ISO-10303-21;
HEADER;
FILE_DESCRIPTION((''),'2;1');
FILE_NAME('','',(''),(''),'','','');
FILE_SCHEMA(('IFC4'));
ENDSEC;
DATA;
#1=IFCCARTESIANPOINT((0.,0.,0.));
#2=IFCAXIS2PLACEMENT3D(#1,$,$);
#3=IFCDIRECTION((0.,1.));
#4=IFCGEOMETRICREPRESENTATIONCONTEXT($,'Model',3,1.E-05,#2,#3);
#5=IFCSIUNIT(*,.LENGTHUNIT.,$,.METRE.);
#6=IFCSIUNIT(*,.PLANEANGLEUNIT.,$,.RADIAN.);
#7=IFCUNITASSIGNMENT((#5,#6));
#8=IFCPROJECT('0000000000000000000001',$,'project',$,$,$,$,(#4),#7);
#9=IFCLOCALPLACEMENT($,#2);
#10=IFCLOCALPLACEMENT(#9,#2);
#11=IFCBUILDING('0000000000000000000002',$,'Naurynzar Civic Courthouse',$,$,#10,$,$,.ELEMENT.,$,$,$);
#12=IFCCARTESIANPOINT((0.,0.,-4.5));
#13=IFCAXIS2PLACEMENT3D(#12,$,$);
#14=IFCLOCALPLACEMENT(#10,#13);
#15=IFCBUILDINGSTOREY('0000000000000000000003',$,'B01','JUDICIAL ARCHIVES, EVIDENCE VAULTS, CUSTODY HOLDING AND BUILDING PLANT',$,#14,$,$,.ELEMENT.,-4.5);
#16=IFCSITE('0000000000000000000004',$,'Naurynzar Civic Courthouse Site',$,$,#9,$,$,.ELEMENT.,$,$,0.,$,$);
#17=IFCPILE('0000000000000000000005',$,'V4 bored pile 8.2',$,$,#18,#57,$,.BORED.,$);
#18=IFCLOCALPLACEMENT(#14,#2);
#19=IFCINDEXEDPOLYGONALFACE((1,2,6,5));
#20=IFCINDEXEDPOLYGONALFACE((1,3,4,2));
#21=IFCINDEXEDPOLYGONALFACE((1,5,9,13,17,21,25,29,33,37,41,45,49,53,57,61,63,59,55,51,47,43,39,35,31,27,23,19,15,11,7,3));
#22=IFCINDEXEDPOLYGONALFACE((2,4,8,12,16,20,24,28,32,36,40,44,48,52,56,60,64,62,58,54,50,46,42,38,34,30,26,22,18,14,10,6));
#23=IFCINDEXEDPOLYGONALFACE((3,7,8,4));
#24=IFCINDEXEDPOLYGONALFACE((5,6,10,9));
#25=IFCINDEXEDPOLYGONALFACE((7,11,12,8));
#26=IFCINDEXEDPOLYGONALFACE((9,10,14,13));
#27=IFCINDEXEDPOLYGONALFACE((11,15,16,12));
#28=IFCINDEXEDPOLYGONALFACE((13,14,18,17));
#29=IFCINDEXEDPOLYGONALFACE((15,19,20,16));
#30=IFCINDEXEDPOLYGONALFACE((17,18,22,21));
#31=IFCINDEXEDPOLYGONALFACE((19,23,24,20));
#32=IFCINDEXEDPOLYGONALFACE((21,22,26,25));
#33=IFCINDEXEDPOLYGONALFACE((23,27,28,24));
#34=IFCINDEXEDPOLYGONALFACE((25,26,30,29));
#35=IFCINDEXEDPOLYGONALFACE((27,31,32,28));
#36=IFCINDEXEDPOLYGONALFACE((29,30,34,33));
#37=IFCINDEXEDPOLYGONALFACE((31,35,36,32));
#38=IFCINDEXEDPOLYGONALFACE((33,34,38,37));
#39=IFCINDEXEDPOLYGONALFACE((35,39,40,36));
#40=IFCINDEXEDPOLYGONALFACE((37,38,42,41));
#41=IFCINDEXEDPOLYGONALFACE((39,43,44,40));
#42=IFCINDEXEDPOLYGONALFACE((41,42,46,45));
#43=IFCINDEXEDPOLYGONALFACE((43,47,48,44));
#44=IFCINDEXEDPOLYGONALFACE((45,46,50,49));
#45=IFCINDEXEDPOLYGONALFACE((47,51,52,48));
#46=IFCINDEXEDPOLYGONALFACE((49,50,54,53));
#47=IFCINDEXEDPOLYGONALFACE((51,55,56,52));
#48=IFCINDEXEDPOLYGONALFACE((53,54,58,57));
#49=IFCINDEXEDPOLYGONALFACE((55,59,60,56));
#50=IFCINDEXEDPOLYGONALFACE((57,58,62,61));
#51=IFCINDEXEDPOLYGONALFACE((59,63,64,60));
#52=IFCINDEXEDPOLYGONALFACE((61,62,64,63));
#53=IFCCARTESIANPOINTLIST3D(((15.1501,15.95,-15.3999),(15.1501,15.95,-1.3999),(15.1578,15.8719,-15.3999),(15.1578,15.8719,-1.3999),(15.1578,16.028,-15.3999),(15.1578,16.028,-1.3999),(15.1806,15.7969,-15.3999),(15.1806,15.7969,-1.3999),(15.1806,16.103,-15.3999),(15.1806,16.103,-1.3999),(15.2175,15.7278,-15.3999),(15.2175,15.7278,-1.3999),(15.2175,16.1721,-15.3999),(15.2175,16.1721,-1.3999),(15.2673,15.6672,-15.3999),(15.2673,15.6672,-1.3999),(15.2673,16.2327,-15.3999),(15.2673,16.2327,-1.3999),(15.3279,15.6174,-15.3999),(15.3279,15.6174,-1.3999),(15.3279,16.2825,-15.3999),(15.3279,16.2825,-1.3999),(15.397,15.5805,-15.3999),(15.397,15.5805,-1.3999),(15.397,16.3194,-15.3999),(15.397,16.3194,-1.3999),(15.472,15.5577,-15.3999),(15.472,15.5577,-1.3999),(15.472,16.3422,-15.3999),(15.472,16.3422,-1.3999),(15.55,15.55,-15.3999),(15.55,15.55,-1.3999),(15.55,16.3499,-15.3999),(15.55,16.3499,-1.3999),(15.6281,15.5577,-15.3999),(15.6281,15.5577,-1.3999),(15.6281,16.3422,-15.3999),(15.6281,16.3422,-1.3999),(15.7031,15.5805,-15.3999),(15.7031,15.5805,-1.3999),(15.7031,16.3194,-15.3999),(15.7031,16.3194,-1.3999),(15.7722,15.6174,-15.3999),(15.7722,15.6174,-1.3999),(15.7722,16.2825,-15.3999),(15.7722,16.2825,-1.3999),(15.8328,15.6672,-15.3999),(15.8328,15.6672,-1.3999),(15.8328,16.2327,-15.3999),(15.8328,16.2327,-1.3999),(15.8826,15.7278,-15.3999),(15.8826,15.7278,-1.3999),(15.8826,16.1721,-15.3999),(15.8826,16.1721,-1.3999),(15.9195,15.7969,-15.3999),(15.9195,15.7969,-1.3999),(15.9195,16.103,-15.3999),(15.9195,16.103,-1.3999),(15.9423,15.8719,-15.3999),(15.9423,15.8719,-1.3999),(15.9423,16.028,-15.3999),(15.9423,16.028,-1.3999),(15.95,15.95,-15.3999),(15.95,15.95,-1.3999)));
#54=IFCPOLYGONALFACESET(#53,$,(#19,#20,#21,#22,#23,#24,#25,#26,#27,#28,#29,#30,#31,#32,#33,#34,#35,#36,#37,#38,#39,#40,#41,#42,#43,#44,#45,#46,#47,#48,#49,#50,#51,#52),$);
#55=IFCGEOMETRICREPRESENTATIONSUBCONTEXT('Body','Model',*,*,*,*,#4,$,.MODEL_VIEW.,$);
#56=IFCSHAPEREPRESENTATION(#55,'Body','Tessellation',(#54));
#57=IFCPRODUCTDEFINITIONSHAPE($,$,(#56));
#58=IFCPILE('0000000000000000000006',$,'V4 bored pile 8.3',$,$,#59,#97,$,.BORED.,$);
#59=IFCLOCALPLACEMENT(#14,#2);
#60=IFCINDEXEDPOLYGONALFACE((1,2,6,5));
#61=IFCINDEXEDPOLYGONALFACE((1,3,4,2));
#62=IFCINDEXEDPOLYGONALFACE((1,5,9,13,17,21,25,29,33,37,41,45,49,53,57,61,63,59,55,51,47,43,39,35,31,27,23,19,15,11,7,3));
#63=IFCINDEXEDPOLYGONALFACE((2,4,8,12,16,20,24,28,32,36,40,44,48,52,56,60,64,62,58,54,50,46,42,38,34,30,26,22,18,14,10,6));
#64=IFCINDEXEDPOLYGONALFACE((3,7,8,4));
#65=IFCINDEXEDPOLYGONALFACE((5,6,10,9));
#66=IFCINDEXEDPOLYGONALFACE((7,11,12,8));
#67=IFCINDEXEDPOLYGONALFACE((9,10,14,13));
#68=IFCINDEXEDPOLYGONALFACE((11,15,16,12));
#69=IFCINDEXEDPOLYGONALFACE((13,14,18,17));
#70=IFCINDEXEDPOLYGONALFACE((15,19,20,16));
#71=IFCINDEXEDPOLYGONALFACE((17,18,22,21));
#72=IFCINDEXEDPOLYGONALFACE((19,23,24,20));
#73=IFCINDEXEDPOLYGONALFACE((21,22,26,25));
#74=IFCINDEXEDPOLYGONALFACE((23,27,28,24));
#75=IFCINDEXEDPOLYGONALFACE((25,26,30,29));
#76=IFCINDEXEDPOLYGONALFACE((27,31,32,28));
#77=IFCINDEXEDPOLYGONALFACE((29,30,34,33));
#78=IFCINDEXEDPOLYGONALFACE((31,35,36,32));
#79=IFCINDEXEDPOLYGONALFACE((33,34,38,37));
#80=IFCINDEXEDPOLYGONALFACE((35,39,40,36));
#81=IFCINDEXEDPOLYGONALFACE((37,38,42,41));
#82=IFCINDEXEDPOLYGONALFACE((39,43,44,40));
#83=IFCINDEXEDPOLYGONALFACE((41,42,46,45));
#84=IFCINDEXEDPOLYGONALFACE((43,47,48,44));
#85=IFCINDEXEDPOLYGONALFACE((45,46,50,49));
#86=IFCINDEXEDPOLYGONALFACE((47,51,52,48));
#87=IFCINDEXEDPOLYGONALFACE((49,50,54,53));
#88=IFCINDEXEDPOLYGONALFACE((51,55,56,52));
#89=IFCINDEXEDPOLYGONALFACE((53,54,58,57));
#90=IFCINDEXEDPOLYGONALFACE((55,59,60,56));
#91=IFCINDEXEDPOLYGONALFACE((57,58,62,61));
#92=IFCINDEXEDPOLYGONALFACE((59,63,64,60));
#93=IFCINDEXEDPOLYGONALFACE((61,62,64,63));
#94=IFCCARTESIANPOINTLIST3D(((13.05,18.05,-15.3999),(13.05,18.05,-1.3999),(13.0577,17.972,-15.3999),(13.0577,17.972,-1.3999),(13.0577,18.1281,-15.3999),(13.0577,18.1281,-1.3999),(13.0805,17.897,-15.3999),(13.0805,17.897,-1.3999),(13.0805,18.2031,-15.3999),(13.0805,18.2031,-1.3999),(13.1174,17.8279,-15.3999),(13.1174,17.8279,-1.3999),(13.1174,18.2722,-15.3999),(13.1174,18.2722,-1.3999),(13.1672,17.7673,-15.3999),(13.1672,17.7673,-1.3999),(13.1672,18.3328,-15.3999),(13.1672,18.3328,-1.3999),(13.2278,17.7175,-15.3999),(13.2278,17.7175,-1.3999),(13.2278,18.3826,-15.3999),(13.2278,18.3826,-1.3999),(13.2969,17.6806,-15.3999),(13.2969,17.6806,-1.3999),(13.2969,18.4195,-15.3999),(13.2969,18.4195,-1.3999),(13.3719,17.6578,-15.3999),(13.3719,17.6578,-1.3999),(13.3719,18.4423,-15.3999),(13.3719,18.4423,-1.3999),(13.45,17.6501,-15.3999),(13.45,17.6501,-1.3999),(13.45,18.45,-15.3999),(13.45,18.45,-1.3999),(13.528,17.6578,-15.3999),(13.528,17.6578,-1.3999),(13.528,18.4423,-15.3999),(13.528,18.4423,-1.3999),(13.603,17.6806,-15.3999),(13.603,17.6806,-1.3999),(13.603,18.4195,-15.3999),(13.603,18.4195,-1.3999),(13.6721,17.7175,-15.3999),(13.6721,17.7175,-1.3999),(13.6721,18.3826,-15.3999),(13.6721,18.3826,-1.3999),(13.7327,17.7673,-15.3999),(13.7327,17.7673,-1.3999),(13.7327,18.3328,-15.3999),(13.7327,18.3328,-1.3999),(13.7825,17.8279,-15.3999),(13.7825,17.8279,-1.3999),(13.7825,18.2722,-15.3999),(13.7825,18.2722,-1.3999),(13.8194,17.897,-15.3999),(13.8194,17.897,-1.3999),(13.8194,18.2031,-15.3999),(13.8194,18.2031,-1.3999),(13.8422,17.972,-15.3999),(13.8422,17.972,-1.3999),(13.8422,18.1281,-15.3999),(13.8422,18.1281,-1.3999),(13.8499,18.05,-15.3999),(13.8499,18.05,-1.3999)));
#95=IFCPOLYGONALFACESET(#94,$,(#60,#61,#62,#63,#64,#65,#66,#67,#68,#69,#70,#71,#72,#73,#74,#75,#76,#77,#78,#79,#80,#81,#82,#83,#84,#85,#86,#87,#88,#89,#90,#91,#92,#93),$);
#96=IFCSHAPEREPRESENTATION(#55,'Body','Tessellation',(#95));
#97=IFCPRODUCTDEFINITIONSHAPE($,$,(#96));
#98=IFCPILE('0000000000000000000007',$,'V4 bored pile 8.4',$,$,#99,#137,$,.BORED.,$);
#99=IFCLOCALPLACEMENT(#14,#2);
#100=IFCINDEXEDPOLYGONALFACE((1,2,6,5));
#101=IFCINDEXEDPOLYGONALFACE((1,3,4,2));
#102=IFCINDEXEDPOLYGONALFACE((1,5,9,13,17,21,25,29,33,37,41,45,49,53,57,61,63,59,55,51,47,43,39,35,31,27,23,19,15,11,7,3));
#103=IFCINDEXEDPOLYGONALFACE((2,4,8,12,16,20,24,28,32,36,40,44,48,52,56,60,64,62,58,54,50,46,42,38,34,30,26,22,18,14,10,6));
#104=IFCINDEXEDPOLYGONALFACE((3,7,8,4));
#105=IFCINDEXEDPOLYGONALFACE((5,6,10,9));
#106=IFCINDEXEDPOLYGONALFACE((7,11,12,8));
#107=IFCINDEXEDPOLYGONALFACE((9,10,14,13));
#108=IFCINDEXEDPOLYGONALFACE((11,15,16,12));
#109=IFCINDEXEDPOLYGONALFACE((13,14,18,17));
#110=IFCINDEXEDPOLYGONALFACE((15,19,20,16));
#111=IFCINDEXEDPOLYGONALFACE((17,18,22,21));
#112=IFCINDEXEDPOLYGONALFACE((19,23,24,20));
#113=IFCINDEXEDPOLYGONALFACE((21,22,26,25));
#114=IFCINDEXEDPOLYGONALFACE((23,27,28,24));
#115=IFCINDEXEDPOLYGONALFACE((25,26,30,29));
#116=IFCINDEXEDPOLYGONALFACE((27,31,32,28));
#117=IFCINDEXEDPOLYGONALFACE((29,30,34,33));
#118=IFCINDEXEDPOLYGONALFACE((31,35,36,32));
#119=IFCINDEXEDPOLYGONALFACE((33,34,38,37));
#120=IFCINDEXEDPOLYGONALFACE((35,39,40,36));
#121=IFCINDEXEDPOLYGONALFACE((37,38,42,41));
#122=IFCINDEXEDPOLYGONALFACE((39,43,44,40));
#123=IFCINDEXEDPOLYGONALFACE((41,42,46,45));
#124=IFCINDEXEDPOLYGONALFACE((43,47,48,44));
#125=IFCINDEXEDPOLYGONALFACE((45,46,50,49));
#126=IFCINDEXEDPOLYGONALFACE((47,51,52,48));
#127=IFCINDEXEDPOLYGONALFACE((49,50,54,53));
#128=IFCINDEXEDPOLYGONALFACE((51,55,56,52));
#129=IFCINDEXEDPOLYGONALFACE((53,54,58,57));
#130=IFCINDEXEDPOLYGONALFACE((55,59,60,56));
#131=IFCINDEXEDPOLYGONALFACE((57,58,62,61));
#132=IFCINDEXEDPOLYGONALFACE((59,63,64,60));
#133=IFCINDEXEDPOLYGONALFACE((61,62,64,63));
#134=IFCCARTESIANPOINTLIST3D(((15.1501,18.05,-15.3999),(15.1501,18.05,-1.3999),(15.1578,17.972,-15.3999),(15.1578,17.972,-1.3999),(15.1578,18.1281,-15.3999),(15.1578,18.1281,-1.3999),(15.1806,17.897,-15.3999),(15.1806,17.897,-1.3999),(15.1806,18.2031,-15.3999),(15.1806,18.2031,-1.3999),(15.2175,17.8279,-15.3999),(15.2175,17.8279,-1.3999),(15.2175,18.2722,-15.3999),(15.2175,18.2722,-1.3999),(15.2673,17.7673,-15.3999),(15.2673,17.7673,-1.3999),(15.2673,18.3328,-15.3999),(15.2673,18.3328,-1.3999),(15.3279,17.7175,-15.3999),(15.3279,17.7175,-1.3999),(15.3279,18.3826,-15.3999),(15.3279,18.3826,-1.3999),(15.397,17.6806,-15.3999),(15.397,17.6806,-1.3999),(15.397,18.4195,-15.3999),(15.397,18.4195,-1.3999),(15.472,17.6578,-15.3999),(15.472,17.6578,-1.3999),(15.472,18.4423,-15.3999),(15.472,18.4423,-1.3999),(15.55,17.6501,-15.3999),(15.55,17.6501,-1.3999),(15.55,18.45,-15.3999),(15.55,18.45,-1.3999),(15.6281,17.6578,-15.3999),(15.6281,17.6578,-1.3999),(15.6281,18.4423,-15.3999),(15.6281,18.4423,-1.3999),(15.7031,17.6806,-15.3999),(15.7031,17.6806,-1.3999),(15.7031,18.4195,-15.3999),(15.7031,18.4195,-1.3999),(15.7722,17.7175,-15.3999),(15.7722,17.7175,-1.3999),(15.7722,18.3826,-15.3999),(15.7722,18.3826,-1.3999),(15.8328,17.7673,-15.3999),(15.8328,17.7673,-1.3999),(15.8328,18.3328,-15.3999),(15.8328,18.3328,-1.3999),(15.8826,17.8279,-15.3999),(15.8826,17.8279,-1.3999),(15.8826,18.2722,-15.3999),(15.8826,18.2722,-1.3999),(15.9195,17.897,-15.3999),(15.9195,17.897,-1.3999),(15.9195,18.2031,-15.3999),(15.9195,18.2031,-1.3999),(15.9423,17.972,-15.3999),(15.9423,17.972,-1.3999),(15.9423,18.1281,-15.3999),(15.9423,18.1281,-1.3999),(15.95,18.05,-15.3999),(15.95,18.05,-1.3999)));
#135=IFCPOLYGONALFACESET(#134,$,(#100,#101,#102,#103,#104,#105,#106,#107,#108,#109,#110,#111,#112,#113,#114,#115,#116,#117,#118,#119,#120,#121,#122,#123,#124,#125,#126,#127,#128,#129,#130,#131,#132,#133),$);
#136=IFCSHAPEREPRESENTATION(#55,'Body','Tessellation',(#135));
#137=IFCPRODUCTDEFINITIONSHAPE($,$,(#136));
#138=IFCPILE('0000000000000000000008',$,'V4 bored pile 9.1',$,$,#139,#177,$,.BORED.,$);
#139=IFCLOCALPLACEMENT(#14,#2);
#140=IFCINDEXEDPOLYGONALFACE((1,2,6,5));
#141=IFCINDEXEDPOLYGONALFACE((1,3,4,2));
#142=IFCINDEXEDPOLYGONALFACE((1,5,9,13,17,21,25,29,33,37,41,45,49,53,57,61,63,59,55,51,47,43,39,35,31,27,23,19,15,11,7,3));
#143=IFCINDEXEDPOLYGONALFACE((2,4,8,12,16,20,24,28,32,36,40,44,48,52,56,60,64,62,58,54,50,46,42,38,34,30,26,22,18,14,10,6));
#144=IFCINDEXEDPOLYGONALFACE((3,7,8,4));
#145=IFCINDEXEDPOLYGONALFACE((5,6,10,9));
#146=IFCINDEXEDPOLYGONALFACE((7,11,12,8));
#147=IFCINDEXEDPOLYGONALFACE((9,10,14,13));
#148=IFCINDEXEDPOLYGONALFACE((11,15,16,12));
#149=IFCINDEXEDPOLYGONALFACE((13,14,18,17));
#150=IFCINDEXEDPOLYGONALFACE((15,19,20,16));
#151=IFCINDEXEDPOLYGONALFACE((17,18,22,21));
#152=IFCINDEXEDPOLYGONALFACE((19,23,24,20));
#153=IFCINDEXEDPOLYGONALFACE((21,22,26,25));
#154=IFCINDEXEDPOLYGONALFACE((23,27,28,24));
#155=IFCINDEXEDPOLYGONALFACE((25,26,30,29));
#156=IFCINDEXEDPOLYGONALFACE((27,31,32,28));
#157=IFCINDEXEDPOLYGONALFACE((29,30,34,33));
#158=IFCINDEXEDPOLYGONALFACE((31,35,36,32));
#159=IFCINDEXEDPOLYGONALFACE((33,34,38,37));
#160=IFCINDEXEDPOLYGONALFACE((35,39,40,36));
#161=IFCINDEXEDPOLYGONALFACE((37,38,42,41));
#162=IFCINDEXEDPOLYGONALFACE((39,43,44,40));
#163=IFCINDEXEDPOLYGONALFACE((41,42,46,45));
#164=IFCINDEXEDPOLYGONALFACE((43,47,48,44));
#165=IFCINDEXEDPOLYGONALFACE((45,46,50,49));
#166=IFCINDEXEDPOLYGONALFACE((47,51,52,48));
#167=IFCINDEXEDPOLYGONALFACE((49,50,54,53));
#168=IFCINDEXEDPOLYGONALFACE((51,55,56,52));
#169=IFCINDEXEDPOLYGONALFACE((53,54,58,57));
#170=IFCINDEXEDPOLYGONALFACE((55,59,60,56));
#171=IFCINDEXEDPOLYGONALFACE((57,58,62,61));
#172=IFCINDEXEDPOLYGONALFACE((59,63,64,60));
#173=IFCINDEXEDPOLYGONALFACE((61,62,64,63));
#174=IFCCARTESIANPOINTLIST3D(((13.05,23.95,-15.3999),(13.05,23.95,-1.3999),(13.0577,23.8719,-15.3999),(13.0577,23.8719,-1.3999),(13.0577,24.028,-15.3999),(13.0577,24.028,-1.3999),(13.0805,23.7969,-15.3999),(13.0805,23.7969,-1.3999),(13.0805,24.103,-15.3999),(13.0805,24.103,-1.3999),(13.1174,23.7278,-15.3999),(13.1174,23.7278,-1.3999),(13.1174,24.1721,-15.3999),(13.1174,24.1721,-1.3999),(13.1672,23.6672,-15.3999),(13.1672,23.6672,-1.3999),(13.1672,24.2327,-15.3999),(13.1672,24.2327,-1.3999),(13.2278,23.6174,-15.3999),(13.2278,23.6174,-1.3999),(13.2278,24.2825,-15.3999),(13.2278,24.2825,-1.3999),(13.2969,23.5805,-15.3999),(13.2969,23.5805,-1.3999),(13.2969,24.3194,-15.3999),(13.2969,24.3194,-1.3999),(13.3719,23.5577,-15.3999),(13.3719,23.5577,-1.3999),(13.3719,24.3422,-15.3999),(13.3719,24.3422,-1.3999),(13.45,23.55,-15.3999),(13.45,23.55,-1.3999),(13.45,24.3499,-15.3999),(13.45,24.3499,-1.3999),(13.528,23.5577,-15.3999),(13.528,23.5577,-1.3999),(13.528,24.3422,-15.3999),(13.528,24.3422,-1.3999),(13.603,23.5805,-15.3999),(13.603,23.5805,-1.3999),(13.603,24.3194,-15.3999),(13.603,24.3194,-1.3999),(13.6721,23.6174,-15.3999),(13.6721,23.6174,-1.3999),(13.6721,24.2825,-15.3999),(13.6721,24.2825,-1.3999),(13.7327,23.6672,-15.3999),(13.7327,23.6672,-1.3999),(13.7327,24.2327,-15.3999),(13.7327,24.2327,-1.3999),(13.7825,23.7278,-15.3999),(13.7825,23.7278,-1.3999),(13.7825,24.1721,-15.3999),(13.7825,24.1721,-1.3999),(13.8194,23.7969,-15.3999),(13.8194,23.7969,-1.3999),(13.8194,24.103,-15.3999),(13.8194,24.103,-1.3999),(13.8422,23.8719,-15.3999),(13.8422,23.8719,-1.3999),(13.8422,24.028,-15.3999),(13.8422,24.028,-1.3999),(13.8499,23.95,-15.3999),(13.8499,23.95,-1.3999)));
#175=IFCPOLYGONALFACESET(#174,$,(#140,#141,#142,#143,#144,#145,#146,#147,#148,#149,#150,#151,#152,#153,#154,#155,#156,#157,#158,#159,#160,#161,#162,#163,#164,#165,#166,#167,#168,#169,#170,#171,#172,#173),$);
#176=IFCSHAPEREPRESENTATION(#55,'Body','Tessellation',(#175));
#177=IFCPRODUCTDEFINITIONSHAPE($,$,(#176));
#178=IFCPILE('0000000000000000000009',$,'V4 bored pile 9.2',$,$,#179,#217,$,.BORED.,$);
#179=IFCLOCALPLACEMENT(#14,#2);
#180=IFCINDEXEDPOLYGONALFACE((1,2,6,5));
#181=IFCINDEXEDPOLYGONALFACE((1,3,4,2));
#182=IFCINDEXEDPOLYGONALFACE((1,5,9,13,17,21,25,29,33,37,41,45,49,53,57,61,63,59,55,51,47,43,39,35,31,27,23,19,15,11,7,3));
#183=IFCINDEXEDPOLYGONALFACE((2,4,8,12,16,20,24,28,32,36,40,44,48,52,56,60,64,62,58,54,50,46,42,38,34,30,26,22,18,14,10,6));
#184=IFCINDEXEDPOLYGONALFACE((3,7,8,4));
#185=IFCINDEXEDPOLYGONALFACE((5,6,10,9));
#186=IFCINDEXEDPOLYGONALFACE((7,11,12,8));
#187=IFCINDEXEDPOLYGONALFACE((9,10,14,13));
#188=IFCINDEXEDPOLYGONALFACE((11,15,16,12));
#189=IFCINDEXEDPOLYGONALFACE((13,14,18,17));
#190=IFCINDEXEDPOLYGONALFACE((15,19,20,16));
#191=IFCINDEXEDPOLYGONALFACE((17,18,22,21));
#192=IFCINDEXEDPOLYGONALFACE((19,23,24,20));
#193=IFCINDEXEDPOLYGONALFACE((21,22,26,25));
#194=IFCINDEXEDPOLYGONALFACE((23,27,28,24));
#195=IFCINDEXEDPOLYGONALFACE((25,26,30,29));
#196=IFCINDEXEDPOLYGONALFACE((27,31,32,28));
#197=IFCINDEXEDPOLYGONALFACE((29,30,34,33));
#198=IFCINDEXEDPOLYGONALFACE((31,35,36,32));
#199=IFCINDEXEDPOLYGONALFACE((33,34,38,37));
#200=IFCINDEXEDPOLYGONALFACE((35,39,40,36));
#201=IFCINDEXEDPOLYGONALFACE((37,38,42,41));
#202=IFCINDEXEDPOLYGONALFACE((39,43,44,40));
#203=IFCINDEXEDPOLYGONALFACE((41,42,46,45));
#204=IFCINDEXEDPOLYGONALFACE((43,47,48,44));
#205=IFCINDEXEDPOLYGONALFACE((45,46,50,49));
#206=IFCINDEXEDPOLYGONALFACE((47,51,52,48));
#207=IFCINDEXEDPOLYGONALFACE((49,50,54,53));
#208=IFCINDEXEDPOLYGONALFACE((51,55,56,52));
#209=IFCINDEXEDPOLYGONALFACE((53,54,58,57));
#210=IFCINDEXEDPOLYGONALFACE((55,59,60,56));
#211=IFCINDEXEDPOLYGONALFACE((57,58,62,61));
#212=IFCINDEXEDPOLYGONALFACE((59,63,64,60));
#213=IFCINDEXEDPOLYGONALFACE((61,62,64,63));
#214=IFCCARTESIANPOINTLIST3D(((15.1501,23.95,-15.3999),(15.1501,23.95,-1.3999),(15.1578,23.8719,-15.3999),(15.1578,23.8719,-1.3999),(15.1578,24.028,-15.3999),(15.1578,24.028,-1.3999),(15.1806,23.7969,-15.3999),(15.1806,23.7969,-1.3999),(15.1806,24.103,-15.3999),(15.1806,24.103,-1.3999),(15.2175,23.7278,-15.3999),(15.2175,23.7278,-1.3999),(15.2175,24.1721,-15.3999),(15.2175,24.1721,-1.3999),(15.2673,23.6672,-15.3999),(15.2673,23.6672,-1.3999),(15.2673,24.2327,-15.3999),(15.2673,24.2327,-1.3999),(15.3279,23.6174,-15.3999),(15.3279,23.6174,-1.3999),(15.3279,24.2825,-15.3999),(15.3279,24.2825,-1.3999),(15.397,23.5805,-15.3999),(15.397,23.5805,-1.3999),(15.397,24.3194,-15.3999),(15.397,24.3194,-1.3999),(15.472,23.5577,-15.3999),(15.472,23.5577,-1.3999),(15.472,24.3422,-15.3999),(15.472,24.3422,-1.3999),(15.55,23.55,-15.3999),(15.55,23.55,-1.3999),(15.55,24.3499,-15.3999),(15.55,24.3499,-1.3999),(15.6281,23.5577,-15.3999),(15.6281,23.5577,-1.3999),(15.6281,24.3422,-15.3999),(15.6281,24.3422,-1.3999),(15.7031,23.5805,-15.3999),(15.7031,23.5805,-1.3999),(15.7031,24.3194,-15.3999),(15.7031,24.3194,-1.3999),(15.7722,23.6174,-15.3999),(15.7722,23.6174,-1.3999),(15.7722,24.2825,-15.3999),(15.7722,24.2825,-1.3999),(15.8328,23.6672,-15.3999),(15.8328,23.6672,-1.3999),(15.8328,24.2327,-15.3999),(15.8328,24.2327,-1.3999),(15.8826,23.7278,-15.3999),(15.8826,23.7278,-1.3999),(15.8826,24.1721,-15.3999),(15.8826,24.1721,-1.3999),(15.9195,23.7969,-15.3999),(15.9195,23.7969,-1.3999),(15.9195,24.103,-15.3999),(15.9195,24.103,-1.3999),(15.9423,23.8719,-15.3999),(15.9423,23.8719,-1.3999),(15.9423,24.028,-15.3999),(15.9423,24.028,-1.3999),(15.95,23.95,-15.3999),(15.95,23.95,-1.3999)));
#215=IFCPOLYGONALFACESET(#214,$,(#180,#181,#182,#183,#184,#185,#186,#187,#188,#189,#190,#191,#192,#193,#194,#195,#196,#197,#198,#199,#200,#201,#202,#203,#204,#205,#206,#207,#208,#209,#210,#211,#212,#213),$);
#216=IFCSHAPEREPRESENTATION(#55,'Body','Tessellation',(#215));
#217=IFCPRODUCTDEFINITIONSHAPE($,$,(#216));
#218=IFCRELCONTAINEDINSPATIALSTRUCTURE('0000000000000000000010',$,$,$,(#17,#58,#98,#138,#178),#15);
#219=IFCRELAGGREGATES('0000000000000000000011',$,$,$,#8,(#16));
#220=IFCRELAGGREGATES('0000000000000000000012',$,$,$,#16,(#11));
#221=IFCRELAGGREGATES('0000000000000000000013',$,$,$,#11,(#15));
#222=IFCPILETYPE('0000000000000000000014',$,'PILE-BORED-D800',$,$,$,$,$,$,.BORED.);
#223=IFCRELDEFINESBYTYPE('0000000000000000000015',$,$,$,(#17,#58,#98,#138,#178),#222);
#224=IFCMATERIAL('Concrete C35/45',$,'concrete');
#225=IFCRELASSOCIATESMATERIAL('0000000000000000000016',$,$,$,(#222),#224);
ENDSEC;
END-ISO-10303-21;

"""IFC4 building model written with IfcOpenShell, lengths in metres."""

from ifc_helpers import new_model, si_unit, direction, frame, origin, origin_2d, place, context, subcontext, project, spatial, circle, extrude, material, material_profile, profile_set, type_object, element, save


model = new_model("IFC4")

# Units and contexts
model_context = context("Model", 3, precision=1e-05, world=origin(), true_north=direction((0.0, 1.0)))
body_context = subcontext(model_context, "Body", "Model", "MODEL_VIEW")
ifc_project = project(units=[si_unit("LENGTHUNIT", "METRE"), si_unit("PLANEANGLEUNIT", "RADIAN")], contexts=[model_context])

# Site, building, storey
site_placement = place(None, origin())
site = spatial("IfcSite", under=ifc_project, at=site_placement, Name="Naurynzar Civic Courthouse Site", CompositionType="ELEMENT", RefElevation=0.0)
building_placement = place(site_placement, origin())
building = spatial("IfcBuilding", under=site, at=building_placement, Name="Naurynzar Civic Courthouse", CompositionType="ELEMENT")
storey_placement = place(building_placement, frame((0.0, 0.0, -4.5)))
storey = spatial("IfcBuildingStorey", under=building, at=storey_placement, Name="B01", Description="JUDICIAL ARCHIVES, EVIDENCE VAULTS, CUSTODY HOLDING AND BUILDING PLANT", CompositionType="ELEMENT", Elevation=-4.5)

# Piles
ifc_material_1 = material(Name="Concrete C35/45", Category="concrete")
ifc_material_profile_1 = material_profile(ifc_material_1, circle(Radius=0.3999, at=origin_2d()), Name="PILE D800")
ifc_profile_set_1 = profile_set([ifc_material_profile_1], Name="Concrete C35/45")
pile_type = type_object("IfcPileType", Name="PILE-BORED-D800", PredefinedType="BORED", material=ifc_profile_set_1)
for number, where, z_axis, x_axis, name in (
    (1, (15.55, 15.95, -1.3999), (0.0, 0.0, -1.0), (1.0, 0.0, 0.0), "V4 bored pile 8.2"),
    (2, (13.45, 18.05, -1.3999), (0.0, 0.0, -1.0), (1.0, 0.0, 0.0), "V4 bored pile 8.3"),
    (3, (15.55, 18.05, -1.3999), (0.0, 0.0, -1.0), (1.0, 0.0, 0.0), "V4 bored pile 8.4"),
    (4, (13.45, 23.95, -1.3999), (0.0, 0.0, -1.0), (1.0, 0.0, 0.0), "V4 bored pile 9.1"),
    (5, (15.55, 23.95, -1.3999), (0.0, 0.0, -1.0), (1.0, 0.0, 0.0), "V4 bored pile 9.2"),
):
    element("IfcPile", number, at=place(storey_placement, frame(where, z_axis=z_axis, x_axis=x_axis)), inside=storey, type_object=pile_type, Name=name, PredefinedType="BORED", context=body_context, shape_type="SweptSolid", body=[
        extrude(circle(Radius=0.3999, at=origin_2d()), origin(), (0.0, 0.0, 1.0), 14.0),
    ])

save(model, "model.ifc")
